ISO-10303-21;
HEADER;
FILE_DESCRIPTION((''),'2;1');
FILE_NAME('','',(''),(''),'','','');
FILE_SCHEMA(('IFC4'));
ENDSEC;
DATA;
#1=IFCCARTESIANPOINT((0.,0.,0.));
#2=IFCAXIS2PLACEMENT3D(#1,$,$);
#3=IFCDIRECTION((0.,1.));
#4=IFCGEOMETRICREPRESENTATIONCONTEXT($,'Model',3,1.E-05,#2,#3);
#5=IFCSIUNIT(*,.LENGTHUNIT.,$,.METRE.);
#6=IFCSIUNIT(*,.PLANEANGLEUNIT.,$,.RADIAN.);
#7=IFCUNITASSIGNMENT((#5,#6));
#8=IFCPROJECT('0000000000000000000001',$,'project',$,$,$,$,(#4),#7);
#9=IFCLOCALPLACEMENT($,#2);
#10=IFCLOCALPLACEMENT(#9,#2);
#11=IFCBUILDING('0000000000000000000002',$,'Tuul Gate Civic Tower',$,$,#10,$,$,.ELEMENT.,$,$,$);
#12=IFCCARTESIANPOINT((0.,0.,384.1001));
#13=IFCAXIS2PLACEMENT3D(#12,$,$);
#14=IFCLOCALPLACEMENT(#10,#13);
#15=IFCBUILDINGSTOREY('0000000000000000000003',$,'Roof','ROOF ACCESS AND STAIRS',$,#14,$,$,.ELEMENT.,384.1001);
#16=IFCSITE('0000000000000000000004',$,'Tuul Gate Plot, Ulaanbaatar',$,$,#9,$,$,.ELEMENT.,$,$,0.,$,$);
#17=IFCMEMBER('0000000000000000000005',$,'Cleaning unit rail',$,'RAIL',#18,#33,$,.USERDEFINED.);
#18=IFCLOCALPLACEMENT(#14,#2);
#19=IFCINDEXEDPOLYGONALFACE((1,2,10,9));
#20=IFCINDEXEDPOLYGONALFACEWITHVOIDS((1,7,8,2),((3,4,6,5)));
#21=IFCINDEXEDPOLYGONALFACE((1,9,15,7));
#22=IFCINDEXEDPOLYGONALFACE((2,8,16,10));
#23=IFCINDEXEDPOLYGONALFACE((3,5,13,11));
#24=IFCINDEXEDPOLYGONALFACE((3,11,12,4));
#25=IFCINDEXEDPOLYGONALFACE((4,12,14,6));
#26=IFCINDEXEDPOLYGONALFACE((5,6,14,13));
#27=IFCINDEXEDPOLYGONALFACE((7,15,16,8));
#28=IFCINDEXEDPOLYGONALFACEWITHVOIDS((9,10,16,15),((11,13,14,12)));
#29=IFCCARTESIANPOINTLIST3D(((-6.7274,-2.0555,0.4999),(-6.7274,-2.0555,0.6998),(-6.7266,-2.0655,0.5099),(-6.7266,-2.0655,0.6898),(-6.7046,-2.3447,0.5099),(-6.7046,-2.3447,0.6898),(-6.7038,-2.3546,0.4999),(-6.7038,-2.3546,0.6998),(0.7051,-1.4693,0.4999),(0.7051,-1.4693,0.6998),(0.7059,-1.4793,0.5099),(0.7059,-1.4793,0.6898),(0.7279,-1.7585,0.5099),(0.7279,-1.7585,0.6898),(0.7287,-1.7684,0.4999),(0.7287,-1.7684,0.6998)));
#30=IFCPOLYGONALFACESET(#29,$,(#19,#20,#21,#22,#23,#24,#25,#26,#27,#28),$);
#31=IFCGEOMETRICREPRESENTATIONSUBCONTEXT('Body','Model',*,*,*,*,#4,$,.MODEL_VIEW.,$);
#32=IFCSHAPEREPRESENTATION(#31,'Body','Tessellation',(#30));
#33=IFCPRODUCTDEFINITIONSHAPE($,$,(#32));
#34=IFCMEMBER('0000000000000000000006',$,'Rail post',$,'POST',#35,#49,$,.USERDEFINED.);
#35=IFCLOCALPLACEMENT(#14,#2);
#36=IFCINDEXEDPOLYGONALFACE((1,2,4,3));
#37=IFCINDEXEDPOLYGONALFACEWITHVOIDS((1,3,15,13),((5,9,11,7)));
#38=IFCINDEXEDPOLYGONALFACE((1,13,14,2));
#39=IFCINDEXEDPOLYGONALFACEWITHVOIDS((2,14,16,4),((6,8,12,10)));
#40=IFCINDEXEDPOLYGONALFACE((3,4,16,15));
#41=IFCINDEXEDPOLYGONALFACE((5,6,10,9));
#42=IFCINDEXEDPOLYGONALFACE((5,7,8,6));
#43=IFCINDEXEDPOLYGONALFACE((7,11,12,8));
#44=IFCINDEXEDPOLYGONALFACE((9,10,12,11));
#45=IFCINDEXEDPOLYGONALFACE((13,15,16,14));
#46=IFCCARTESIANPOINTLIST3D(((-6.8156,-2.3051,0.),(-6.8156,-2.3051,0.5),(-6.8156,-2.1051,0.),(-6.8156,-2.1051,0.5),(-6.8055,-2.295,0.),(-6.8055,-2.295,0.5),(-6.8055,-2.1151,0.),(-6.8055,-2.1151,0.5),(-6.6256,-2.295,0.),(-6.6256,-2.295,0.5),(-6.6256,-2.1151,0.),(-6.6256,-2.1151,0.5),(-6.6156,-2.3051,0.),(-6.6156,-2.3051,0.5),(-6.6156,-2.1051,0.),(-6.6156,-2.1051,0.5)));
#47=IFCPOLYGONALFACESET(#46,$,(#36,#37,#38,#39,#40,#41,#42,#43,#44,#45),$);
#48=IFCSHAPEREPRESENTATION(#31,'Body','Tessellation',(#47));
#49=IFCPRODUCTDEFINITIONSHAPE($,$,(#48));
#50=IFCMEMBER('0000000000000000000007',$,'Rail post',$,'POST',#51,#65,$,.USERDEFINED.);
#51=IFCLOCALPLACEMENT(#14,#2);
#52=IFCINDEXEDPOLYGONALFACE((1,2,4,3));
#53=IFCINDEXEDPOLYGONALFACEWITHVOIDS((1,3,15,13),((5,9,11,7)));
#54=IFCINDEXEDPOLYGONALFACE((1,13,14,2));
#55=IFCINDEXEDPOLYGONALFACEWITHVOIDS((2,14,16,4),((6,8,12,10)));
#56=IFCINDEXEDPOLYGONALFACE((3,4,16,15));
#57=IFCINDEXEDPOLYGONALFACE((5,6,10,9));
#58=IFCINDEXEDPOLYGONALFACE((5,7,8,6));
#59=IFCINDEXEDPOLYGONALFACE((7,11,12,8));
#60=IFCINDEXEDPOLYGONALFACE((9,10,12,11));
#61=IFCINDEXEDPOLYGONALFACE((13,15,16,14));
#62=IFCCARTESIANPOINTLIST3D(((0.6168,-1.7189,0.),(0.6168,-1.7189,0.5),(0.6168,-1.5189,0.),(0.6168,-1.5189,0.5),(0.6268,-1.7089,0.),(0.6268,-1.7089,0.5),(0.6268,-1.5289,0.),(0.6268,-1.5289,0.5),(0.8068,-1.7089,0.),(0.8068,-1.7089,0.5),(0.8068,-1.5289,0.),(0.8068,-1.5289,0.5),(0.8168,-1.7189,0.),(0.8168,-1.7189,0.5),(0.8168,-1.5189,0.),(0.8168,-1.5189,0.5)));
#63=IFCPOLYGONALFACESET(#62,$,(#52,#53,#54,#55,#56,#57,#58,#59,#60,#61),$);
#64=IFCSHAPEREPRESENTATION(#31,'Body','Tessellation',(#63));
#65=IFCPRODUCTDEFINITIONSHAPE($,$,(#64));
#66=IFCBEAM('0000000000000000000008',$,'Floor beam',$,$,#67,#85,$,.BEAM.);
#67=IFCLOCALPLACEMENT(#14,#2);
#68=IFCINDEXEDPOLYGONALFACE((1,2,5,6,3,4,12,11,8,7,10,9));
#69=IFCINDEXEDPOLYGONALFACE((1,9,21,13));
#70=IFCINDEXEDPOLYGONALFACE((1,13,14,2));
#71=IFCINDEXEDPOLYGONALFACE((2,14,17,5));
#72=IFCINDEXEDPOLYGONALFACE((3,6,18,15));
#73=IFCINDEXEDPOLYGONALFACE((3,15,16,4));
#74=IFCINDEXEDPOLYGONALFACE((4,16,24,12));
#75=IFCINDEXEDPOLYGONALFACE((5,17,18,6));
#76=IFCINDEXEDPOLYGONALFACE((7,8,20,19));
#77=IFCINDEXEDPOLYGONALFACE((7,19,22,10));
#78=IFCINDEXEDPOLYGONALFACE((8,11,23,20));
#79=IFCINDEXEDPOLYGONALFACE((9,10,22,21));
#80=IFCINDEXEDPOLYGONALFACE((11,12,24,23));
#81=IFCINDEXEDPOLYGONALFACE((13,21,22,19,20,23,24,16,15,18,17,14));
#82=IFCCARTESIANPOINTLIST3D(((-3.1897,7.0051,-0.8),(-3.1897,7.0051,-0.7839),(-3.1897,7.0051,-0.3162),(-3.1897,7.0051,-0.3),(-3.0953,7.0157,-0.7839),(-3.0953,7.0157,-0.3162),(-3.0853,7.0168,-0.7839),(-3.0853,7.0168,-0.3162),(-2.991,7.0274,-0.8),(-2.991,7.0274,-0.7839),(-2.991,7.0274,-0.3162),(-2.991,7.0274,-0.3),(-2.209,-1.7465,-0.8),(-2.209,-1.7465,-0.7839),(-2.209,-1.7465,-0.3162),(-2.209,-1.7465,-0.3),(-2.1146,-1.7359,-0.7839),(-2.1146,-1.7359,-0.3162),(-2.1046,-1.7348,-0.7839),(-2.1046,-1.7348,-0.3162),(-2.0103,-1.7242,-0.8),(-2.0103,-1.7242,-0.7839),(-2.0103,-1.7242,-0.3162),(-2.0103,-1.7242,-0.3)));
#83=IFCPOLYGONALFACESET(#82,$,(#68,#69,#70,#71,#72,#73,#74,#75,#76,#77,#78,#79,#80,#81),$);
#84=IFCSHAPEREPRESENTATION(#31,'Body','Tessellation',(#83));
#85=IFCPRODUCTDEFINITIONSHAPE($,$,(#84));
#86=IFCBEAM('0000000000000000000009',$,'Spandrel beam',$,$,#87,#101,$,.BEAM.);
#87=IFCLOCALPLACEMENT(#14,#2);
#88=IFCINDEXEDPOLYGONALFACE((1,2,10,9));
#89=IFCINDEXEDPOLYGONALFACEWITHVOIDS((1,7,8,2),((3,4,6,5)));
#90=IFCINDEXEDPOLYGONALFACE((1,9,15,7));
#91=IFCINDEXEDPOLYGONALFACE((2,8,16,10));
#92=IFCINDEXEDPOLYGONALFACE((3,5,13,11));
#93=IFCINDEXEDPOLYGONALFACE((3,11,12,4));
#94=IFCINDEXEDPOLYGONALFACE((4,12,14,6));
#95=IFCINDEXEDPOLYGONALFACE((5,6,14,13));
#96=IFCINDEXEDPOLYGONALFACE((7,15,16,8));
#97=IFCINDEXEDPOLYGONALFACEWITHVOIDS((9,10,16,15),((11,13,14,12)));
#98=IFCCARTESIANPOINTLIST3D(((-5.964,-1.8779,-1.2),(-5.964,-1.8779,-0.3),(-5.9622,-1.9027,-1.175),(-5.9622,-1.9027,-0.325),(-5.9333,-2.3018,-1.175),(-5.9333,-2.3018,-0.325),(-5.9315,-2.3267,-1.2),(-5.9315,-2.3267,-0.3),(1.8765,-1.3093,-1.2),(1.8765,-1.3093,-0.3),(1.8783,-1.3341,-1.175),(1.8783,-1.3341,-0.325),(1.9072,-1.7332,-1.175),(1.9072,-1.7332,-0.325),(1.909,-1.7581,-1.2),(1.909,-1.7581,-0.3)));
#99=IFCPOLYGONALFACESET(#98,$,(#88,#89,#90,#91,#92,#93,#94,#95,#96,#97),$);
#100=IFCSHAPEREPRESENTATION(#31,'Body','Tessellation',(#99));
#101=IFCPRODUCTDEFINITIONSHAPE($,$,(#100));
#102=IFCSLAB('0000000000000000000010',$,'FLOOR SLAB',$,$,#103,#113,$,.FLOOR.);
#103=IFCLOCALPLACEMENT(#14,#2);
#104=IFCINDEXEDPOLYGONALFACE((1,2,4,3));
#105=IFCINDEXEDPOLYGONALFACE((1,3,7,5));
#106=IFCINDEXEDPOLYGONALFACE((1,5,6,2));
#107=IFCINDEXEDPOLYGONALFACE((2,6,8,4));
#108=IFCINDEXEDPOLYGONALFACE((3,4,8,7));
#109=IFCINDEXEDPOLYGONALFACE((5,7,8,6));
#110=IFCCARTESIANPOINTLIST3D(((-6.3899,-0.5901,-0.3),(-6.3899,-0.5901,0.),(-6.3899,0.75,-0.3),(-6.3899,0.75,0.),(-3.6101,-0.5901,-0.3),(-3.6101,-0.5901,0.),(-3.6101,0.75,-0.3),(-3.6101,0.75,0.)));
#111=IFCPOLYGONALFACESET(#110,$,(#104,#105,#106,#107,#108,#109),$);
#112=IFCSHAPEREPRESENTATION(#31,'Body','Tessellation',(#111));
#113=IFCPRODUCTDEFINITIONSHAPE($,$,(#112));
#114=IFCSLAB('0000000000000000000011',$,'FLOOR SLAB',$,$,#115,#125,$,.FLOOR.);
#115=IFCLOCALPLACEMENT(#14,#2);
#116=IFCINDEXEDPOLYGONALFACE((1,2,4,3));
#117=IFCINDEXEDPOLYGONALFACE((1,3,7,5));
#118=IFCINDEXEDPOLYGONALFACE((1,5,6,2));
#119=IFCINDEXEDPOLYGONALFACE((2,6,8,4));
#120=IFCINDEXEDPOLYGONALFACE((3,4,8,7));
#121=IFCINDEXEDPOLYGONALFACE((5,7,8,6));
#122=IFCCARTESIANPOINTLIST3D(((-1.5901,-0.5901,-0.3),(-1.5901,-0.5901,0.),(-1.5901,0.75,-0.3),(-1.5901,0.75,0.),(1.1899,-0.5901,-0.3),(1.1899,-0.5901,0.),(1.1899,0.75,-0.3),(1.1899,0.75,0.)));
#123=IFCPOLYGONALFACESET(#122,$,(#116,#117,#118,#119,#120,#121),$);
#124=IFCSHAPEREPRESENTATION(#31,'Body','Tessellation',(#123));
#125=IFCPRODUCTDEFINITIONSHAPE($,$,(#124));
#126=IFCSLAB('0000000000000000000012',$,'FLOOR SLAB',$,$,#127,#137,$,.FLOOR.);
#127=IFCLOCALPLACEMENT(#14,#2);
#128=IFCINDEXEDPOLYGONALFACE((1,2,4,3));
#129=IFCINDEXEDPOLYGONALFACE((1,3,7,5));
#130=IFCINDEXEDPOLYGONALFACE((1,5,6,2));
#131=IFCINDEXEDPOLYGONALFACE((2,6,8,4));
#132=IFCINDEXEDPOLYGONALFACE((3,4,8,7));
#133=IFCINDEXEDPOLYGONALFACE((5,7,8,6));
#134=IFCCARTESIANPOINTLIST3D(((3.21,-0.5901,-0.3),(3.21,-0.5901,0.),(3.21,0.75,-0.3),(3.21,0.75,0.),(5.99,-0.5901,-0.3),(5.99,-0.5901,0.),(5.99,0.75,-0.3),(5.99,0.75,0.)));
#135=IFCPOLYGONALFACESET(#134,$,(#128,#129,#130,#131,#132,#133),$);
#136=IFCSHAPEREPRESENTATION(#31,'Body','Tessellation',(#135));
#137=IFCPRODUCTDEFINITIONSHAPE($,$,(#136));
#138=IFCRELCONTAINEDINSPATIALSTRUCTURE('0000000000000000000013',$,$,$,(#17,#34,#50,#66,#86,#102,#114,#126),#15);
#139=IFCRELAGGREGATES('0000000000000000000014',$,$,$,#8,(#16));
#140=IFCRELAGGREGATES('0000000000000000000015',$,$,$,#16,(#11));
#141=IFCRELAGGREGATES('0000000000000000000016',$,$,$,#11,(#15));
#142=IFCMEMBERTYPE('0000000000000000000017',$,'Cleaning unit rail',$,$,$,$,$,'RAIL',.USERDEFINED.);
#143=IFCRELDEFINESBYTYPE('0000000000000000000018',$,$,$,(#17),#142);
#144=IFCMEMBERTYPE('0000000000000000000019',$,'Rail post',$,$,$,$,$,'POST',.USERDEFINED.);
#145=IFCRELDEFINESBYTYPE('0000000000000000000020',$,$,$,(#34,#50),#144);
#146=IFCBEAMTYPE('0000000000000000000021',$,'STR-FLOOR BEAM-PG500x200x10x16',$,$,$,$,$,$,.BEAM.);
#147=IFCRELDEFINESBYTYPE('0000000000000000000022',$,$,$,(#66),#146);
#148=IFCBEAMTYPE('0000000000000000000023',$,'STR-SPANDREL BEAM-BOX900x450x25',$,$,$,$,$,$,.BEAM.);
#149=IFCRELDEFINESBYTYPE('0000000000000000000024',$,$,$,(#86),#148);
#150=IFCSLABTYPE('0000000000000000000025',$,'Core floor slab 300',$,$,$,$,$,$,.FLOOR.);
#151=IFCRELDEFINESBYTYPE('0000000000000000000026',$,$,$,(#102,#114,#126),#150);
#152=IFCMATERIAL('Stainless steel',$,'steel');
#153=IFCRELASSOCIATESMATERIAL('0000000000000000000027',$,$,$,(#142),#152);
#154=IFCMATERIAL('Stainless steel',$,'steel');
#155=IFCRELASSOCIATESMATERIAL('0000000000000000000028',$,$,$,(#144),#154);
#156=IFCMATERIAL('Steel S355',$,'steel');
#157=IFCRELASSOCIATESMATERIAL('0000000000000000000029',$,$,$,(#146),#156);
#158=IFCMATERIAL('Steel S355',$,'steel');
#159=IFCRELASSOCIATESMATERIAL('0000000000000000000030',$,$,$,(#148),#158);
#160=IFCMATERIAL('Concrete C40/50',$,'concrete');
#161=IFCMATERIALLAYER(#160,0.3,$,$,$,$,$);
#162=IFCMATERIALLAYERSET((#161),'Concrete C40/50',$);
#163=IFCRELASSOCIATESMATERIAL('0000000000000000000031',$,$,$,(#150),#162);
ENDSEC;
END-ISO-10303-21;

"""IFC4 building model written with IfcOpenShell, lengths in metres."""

from ifc_helpers import new_model, si_unit, direction, frame, origin, origin_2d, place, context, subcontext, project, spatial, polyline, hollow_rectangle, i_section, outline, extrude, material, layer, layer_set, material_profile, profile_set, type_object, element, save


model = new_model("IFC4")

# Units and contexts
model_context = context("Model", 3, precision=1e-05, world=origin(), true_north=direction((0.0, 1.0)))
body_context = subcontext(model_context, "Body", "Model", "MODEL_VIEW")
ifc_project = project(units=[si_unit("LENGTHUNIT", "METRE"), si_unit("PLANEANGLEUNIT", "RADIAN")], contexts=[model_context])

# Site, building, storey
site_placement = place(None, origin())
site = spatial("IfcSite", under=ifc_project, at=site_placement, Name="Tuul Gate Plot, Ulaanbaatar", CompositionType="ELEMENT", RefElevation=0.0)
building_placement = place(site_placement, origin())
building = spatial("IfcBuilding", under=site, at=building_placement, Name="Tuul Gate Civic Tower", CompositionType="ELEMENT")
storey_placement = place(building_placement, frame((0.0, 0.0, 384.1001)))
storey = spatial("IfcBuildingStorey", under=building, at=storey_placement, Name="Roof", Description="ROOF ACCESS AND STAIRS", CompositionType="ELEMENT", Elevation=384.1001)

# Members
ifc_material_1 = material(Name="Stainless steel", Category="steel")
ifc_material_profile_1 = material_profile(ifc_material_1, hollow_rectangle(XDim=0.3, YDim=0.2, WallThickness=0.01, at=origin_2d()), Name="Cleaning unit rail")
ifc_profile_set_1 = profile_set([ifc_material_profile_1], Name="Stainless steel")
member_type_1 = type_object("IfcMemberType", Name="Cleaning unit rail", ElementType="RAIL", PredefinedType="USERDEFINED", material=ifc_profile_set_1)
member_placement = place(storey_placement, frame((-6.7156, -2.2051, 0.5999), z_axis=(0.996904, 0.078625, 0.0), x_axis=(-0.078625, 0.996904, 0.0)))
element("IfcMember", 1, at=member_placement, inside=storey, type_object=member_type_1, Name="Cleaning unit rail", ObjectType="RAIL", PredefinedType="USERDEFINED", context=body_context, shape_type="SweptSolid", body=[
    extrude(hollow_rectangle(XDim=0.3, YDim=0.2, WallThickness=0.01, at=origin_2d()), origin(), (0.0, 0.0, 1.0), 7.4556),
])
ifc_material_2 = material(Name="Stainless steel", Category="steel")
ifc_material_profile_2 = material_profile(ifc_material_2, hollow_rectangle(XDim=0.2, YDim=0.2, WallThickness=0.01, at=origin_2d()), Name="Rail post")
ifc_profile_set_2 = profile_set([ifc_material_profile_2], Name="Stainless steel")
member_type_2 = type_object("IfcMemberType", Name="Rail post", ElementType="POST", PredefinedType="USERDEFINED", material=ifc_profile_set_2)
for number, where, z_axis, x_axis, name in (
    (2, (-6.7156, -2.2051, 0.0), (0.0, 0.0, 1.0), (1.0, 0.0, 0.0), "Rail post"),
    (3, (0.7168, -1.6189, 0.0), (0.0, 0.0, 1.0), (1.0, 0.0, 0.0), "Rail post"),
):
    element("IfcMember", number, at=place(storey_placement, frame(where, z_axis=z_axis, x_axis=x_axis)), inside=storey, type_object=member_type_2, Name=name, ObjectType="POST", PredefinedType="USERDEFINED", context=body_context, shape_type="SweptSolid", body=[
        extrude(hollow_rectangle(XDim=0.2, YDim=0.2, WallThickness=0.01, at=origin_2d()), origin(), (0.0, 0.0, 1.0), 0.5),
    ])

# Beams
ifc_material_3 = material(Name="Steel S355", Category="steel")
ifc_material_profile_3 = material_profile(ifc_material_3, i_section(OverallWidth=0.2, OverallDepth=0.5, WebThickness=0.01, FlangeThickness=0.0161, at=origin_2d()), Name="PG500x200x10x16")
ifc_profile_set_3 = profile_set([ifc_material_profile_3], Name="Steel S355")
beam_type_1 = type_object("IfcBeamType", Name="STR-FLOOR BEAM-PG500x200x10x16", PredefinedType="BEAM", material=ifc_profile_set_3)
beam_1_placement = place(storey_placement, frame((-2.1096, -1.7354, -0.55), z_axis=(-0.111363, 0.99378, 0.0), x_axis=(-0.99378, -0.111363, 0.0)))
element("IfcBeam", 4, at=beam_1_placement, inside=storey, type_object=beam_type_1, Name="Floor beam", PredefinedType="BEAM", context=body_context, shape_type="SweptSolid", body=[
    extrude(i_section(OverallWidth=0.2, OverallDepth=0.5, WebThickness=0.01, FlangeThickness=0.0161, at=origin_2d()), origin(), (0.0, 0.0, 1.0), 8.8064),
])
ifc_material_4 = material(Name="Steel S355", Category="steel")
ifc_material_profile_4 = material_profile(ifc_material_4, hollow_rectangle(XDim=0.45, YDim=0.8999, WallThickness=0.0249, at=origin_2d()), Name="BOX900x450x25")
ifc_profile_set_4 = profile_set([ifc_material_profile_4], Name="Steel S355")
beam_type_2 = type_object("IfcBeamType", Name="STR-SPANDREL BEAM-BOX900x450x25", PredefinedType="BEAM", material=ifc_profile_set_4)
beam_2_placement = place(storey_placement, frame((-5.9478, -2.1023, -0.75), z_axis=(0.997381, 0.072331, 0.0), x_axis=(-0.072331, 0.997381, 0.0)))
element("IfcBeam", 5, at=beam_2_placement, inside=storey, type_object=beam_type_2, Name="Spandrel beam", PredefinedType="BEAM", context=body_context, shape_type="SweptSolid", body=[
    extrude(hollow_rectangle(XDim=0.45, YDim=0.8999, WallThickness=0.0249, at=origin_2d()), origin(), (0.0, 0.0, 1.0), 7.8611),
])

# Slabs
ifc_material_5 = material(Name="Concrete C40/50", Category="concrete")
ifc_layer_1 = layer(ifc_material_5, 0.3)
ifc_layer_set_1 = layer_set([ifc_layer_1], Name="Concrete C40/50")
slab_type_1 = type_object("IfcSlabType", Name="Core floor slab 300", PredefinedType="FLOOR", material=ifc_layer_set_1)
slab_1_placement = place(storey_placement, frame((0.0, 0.0, -0.3)))
element("IfcSlab", 6, at=slab_1_placement, inside=storey, type_object=slab_type_1, Name="FLOOR SLAB", PredefinedType="FLOOR", context=body_context, shape_type="SweptSolid", body=[
    extrude(outline(polyline([(-3.6101, -0.5901), (-3.6101, 0.75), (-6.3899, 0.75), (-6.3899, -0.5901), (-3.6101, -0.5901)])), origin(), (0.0, 0.0, 1.0), 0.3),
])
slab_2_placement = place(storey_placement, frame((0.0, 0.0, -0.3)))
element("IfcSlab", 7, at=slab_2_placement, inside=storey, type_object=slab_type_1, Name="FLOOR SLAB", PredefinedType="FLOOR", context=body_context, shape_type="SweptSolid", body=[
    extrude(outline(polyline([(1.1899, -0.5901), (1.1899, 0.75), (-1.5901, 0.75), (-1.5901, -0.5901), (1.1899, -0.5901)])), origin(), (0.0, 0.0, 1.0), 0.3),
])
slab_3_placement = place(storey_placement, frame((0.0, 0.0, -0.3)))
element("IfcSlab", 8, at=slab_3_placement, inside=storey, type_object=slab_type_1, Name="FLOOR SLAB", PredefinedType="FLOOR", context=body_context, shape_type="SweptSolid", body=[
    extrude(outline(polyline([(5.99, -0.5901), (5.99, 0.75), (3.21, 0.75), (3.21, -0.5901), (5.99, -0.5901)])), origin(), (0.0, 0.0, 1.0), 0.3),
])

save(model, "model.ifc")
